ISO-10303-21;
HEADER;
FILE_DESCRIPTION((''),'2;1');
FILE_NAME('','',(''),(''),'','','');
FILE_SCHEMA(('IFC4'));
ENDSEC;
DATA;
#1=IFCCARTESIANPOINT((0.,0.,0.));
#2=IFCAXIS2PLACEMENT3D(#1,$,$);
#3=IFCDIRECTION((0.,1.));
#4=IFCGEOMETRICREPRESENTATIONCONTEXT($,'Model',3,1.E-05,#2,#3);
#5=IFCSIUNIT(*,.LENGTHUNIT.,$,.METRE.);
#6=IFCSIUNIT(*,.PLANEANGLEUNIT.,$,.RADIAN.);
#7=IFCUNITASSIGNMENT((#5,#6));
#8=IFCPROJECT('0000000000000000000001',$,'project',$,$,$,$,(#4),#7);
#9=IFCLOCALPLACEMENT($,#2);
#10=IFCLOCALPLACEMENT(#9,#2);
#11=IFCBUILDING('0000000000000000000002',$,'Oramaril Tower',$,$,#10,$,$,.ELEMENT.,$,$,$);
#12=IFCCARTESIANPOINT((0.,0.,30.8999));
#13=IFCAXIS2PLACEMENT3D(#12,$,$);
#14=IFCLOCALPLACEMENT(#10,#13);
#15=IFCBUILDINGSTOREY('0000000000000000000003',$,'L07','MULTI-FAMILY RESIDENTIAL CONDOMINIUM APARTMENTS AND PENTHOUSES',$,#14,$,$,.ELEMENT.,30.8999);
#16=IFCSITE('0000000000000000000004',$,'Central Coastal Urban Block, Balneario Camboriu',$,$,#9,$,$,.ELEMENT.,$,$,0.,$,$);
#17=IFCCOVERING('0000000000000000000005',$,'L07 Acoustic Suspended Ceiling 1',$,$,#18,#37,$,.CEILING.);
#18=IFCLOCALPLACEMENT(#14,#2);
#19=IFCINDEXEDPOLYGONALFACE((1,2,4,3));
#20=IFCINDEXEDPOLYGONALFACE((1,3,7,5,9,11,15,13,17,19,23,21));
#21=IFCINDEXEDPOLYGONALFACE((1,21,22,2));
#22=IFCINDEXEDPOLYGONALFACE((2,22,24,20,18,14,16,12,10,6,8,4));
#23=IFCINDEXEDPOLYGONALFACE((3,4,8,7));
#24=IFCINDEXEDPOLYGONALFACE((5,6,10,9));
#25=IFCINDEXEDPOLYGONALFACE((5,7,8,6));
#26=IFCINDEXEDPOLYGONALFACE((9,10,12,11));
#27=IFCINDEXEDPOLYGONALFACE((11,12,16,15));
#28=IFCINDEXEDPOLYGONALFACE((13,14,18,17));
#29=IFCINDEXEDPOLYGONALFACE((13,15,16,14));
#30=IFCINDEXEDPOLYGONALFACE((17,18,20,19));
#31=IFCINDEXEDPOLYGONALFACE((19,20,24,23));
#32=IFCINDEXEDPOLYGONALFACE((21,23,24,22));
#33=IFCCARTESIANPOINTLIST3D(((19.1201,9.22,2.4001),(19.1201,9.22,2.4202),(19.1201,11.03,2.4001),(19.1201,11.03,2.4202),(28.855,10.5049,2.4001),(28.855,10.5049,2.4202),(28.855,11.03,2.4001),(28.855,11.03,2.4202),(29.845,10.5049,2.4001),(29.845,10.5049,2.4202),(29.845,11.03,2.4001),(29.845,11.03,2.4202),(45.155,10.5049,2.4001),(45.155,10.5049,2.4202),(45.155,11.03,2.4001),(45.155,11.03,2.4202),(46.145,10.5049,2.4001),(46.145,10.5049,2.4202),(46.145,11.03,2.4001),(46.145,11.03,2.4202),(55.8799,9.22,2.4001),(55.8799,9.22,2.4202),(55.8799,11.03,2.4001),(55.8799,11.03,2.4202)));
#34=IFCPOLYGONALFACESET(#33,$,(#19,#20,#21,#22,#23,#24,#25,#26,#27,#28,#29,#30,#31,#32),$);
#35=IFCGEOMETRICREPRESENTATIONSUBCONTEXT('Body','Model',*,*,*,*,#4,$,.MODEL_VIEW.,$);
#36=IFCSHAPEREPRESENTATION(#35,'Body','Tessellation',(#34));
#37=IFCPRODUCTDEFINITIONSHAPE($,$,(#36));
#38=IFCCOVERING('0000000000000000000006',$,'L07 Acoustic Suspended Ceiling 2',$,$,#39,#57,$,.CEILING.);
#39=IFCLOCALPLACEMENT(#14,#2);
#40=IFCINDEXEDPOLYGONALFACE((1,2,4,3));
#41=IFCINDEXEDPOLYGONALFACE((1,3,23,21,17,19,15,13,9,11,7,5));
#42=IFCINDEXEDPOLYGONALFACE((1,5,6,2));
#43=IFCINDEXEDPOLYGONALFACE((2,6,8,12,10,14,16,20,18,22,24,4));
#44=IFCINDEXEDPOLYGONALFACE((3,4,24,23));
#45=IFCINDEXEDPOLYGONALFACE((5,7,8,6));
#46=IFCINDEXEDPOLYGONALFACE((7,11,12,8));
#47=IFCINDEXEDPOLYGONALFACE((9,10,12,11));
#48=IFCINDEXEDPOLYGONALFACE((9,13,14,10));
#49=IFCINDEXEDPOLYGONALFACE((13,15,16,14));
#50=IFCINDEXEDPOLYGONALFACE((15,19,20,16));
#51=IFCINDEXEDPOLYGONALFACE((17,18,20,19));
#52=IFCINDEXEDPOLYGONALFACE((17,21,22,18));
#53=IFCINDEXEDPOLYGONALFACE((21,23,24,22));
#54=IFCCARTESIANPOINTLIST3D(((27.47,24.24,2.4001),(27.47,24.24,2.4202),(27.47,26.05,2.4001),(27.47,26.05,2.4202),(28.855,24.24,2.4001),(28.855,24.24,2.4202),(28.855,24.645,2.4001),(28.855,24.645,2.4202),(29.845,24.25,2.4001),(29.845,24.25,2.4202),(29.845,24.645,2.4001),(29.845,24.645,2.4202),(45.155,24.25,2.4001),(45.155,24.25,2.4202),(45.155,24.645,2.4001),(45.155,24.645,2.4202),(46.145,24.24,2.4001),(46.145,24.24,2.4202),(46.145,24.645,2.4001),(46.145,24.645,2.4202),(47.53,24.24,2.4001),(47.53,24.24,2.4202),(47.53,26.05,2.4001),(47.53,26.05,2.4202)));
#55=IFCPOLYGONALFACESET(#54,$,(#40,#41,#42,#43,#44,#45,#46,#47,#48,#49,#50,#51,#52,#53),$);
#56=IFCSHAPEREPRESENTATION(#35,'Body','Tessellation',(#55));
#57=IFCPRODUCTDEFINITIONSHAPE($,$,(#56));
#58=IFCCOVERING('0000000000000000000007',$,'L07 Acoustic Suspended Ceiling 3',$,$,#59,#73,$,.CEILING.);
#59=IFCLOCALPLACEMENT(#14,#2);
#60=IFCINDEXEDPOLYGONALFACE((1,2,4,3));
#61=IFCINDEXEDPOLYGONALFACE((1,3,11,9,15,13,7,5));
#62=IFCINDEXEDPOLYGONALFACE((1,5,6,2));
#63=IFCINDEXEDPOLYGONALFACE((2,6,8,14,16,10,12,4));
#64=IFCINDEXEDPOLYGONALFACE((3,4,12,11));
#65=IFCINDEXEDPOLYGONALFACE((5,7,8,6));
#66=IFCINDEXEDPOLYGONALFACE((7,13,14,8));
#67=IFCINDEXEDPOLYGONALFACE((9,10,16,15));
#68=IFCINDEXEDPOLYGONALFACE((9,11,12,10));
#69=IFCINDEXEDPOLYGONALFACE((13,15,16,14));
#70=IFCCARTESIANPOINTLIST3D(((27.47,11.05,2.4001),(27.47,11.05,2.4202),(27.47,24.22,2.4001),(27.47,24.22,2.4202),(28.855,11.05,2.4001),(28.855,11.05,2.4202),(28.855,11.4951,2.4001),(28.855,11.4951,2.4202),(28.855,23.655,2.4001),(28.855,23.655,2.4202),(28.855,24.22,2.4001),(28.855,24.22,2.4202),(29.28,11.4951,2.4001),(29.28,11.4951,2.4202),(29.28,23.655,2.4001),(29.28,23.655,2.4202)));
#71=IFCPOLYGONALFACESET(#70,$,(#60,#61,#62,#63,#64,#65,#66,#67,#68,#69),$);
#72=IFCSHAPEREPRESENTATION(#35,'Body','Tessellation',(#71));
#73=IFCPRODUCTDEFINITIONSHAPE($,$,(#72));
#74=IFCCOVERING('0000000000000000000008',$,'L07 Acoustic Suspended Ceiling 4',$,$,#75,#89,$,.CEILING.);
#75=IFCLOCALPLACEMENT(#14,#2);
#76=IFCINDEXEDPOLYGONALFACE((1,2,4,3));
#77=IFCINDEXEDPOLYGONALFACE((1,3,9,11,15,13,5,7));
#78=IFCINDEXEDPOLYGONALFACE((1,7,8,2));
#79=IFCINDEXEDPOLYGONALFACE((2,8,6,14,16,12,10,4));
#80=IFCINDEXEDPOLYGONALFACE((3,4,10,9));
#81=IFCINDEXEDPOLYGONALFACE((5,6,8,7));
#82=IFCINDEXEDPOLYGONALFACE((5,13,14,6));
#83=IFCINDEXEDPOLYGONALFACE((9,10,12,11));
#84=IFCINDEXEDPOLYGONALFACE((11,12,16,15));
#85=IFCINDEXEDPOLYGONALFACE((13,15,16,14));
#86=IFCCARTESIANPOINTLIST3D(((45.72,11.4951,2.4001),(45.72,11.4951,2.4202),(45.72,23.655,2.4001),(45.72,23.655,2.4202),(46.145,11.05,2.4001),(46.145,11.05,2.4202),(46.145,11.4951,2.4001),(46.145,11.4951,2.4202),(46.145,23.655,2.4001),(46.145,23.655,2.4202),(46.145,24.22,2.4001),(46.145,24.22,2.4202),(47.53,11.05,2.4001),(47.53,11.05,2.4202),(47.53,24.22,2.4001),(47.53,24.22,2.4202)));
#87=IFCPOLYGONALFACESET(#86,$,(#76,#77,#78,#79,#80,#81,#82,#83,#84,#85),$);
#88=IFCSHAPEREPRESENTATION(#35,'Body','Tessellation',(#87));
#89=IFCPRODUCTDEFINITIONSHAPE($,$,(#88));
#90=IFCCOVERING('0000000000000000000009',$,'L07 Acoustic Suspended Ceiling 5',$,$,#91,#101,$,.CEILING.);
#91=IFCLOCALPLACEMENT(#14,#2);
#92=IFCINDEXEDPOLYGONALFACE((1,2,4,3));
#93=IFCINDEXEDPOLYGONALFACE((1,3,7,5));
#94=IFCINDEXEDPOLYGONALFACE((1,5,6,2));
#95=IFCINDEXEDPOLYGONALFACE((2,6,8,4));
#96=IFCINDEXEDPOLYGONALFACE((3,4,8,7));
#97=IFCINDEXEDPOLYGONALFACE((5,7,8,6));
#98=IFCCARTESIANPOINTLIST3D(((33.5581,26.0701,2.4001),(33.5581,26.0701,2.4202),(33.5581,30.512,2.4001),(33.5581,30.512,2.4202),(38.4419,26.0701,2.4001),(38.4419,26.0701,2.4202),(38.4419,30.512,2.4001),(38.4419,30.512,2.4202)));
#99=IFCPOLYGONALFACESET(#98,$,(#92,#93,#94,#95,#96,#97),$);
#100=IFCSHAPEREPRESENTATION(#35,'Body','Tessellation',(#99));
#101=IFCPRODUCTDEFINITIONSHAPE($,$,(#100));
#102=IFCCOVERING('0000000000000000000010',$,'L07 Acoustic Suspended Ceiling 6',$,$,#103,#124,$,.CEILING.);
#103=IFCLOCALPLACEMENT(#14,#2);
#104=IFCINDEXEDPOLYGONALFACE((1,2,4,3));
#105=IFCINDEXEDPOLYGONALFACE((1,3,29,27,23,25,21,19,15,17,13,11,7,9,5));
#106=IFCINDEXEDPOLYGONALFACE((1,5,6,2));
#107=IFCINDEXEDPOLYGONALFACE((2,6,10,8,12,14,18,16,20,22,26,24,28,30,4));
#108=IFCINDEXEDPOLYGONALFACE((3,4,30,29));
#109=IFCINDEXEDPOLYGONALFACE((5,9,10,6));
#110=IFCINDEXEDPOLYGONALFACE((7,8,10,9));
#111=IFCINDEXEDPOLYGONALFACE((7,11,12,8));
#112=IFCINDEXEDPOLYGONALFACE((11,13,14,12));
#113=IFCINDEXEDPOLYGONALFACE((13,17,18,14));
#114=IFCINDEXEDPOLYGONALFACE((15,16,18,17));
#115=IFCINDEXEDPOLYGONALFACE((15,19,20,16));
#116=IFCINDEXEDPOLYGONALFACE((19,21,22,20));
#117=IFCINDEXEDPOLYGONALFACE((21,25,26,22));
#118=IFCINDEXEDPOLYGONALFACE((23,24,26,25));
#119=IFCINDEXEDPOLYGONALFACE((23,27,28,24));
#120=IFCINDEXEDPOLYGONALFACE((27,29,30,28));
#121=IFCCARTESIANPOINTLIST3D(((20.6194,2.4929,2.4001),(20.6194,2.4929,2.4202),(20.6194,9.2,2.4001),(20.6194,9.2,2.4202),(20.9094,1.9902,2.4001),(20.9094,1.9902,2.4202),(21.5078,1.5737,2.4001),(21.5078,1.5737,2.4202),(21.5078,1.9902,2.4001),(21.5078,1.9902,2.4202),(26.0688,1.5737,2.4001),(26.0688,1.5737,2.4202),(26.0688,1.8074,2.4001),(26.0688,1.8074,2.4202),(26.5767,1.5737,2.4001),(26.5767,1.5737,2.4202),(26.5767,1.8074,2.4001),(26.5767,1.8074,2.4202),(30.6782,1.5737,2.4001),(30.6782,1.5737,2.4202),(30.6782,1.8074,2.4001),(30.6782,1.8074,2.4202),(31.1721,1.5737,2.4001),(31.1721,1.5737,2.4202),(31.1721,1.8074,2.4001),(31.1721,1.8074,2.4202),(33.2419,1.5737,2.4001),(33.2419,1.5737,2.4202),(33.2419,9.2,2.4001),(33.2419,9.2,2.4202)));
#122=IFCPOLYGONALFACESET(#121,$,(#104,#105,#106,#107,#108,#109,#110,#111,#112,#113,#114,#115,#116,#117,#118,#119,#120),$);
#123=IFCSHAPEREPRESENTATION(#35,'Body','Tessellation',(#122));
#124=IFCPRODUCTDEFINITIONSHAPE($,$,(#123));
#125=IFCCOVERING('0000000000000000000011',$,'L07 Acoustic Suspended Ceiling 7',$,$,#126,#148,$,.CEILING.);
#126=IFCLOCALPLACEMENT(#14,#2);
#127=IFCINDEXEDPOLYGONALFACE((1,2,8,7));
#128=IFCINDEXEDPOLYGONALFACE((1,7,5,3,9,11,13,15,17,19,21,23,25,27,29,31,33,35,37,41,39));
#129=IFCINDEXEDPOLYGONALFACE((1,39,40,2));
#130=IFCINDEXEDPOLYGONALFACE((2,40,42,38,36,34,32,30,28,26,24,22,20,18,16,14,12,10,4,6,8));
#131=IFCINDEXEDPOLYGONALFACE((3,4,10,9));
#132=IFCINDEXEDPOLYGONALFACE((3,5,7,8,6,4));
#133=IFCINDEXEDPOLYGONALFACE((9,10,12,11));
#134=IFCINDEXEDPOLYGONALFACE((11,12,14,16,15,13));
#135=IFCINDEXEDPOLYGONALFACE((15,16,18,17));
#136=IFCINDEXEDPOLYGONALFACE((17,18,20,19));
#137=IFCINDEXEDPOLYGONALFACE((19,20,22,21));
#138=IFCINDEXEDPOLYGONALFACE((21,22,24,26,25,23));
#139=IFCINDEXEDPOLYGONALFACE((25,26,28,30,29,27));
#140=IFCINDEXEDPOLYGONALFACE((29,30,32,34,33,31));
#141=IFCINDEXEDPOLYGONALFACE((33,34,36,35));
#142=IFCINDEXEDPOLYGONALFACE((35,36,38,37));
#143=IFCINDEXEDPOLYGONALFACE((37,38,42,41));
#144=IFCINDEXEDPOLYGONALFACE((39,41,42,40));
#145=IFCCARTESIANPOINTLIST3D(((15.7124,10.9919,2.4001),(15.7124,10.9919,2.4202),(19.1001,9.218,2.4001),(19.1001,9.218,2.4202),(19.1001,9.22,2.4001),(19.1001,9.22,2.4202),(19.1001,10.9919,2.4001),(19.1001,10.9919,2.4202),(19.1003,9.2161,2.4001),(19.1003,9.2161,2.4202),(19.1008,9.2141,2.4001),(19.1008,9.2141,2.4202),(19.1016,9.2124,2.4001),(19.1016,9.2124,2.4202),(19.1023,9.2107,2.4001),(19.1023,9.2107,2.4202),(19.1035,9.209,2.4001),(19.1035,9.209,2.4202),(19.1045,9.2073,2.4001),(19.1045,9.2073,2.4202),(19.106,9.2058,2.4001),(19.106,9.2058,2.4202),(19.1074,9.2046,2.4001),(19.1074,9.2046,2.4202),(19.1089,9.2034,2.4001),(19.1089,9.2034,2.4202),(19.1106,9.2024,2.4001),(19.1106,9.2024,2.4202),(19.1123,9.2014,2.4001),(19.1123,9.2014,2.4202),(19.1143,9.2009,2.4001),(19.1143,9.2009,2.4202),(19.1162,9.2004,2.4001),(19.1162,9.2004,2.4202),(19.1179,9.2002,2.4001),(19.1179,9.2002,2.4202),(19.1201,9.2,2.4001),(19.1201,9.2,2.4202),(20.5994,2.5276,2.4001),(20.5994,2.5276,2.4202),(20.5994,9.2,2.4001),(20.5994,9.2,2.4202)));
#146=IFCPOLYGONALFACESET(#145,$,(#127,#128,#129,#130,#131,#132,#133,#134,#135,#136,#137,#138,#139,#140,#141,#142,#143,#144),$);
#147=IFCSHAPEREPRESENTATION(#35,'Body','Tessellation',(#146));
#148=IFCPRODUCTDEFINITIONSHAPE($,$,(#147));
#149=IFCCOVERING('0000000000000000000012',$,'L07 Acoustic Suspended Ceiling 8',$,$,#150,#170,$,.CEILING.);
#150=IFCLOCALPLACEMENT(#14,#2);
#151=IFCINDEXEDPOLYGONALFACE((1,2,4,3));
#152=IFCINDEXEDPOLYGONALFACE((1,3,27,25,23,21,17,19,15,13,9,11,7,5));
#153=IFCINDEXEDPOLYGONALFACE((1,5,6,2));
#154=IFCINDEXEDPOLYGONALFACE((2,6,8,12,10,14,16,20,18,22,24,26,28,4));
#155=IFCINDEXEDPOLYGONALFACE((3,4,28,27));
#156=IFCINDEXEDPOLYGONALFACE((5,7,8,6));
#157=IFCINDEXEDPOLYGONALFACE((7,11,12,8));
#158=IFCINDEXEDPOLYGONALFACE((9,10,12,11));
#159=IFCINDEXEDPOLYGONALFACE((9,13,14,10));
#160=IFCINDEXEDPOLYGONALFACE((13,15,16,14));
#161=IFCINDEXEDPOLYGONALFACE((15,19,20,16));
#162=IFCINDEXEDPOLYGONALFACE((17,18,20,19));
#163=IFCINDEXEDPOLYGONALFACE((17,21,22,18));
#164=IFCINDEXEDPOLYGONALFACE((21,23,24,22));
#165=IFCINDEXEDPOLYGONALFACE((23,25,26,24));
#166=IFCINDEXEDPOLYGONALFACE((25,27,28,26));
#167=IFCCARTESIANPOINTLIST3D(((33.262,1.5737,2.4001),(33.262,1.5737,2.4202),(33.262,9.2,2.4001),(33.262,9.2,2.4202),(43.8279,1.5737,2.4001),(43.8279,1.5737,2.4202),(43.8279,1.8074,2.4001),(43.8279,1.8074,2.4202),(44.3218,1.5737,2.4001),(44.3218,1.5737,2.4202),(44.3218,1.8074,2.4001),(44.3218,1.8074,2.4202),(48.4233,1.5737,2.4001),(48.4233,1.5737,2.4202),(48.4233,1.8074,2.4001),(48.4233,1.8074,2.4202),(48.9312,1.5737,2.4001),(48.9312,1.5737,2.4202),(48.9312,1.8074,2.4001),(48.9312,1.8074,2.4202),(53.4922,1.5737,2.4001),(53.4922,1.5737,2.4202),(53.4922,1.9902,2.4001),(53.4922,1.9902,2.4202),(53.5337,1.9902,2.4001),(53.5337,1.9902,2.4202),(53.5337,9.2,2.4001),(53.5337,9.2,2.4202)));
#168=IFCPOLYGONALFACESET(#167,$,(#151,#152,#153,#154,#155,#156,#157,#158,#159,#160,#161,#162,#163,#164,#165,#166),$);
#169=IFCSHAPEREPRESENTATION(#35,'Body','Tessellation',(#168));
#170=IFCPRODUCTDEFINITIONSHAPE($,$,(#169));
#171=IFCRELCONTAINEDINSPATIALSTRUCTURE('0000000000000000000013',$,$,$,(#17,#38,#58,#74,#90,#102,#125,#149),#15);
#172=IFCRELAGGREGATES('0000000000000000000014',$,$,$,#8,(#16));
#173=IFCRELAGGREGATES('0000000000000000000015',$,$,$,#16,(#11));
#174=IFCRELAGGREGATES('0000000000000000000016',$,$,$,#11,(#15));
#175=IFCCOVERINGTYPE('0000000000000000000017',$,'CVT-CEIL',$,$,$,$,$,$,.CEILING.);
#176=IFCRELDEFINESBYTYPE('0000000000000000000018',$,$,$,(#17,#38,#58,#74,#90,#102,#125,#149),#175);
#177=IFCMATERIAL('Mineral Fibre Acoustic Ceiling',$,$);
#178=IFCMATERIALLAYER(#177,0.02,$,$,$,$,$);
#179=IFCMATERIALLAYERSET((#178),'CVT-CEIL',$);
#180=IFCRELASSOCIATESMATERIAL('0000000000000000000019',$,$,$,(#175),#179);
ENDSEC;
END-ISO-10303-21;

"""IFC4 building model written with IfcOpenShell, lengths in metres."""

from ifc_helpers import new_model, si_unit, direction, frame, origin, place, context, subcontext, project, spatial, polyline, outline, extrude, material, layer, layer_set, type_object, element, save


model = new_model("IFC4")

# Units and contexts
model_context = context("Model", 3, precision=1e-05, world=origin(), true_north=direction((0.0, 1.0)))
body_context = subcontext(model_context, "Body", "Model", "MODEL_VIEW")
ifc_project = project(units=[si_unit("LENGTHUNIT", "METRE"), si_unit("PLANEANGLEUNIT", "RADIAN")], contexts=[model_context])

# Site, building, storey
site_placement = place(None, origin())
site = spatial("IfcSite", under=ifc_project, at=site_placement, Name="Central Coastal Urban Block, Balneario Camboriu", CompositionType="ELEMENT", RefElevation=0.0)
building_placement = place(site_placement, origin())
building = spatial("IfcBuilding", under=site, at=building_placement, Name="Oramaril Tower", CompositionType="ELEMENT")
storey_placement = place(building_placement, frame((0.0, 0.0, 30.8999)))
storey = spatial("IfcBuildingStorey", under=building, at=storey_placement, Name="L07", Description="MULTI-FAMILY RESIDENTIAL CONDOMINIUM APARTMENTS AND PENTHOUSES", CompositionType="ELEMENT", Elevation=30.8999)

# Coverings
ifc_material_1 = material(Name="Mineral Fibre Acoustic Ceiling")
ifc_layer_1 = layer(ifc_material_1, 0.02)
ifc_layer_set_1 = layer_set([ifc_layer_1], Name="CVT-CEIL")
covering_type_1 = type_object("IfcCoveringType", Name="CVT-CEIL", PredefinedType="CEILING", material=ifc_layer_set_1)
covering_1_placement = place(storey_placement, frame((0.0, 0.0, 2.4001)))
element("IfcCovering", 1, at=covering_1_placement, inside=storey, type_object=covering_type_1, Name="L07 Acoustic Suspended Ceiling 1", PredefinedType="CEILING", context=body_context, shape_type="SweptSolid", body=[
    extrude(outline(polyline([(28.855, 10.5049), (29.845, 10.5049), (29.845, 11.03), (45.155, 11.03), (45.155, 10.5049), (46.145, 10.5049), (46.145, 11.03), (55.8799, 11.03), (55.8799, 9.22), (19.1201, 9.22), (19.1201, 11.03), (28.855, 11.03), (28.855, 10.5049)])), origin(), (0.0, 0.0, 1.0), 0.02),
])
covering_2_placement = place(storey_placement, frame((0.0, 0.0, 2.4001)))
element("IfcCovering", 2, at=covering_2_placement, inside=storey, type_object=covering_type_1, Name="L07 Acoustic Suspended Ceiling 2", PredefinedType="CEILING", context=body_context, shape_type="SweptSolid", body=[
    extrude(outline(polyline([(47.53, 24.24), (46.145, 24.24), (46.145, 24.645), (45.155, 24.645), (45.155, 24.25), (29.845, 24.25), (29.845, 24.645), (28.855, 24.645), (28.855, 24.24), (27.47, 24.24), (27.47, 26.05), (47.53, 26.05), (47.53, 24.24)])), origin(), (0.0, 0.0, 1.0), 0.02),
])
covering_3_placement = place(storey_placement, frame((0.0, 0.0, 2.4001)))
element("IfcCovering", 3, at=covering_3_placement, inside=storey, type_object=covering_type_1, Name="L07 Acoustic Suspended Ceiling 3", PredefinedType="CEILING", context=body_context, shape_type="SweptSolid", body=[
    extrude(outline(polyline([(28.855, 23.655), (29.28, 23.655), (29.28, 11.4951), (28.855, 11.4951), (28.855, 11.05), (27.47, 11.05), (27.47, 24.22), (28.855, 24.22), (28.855, 23.655)])), origin(), (0.0, 0.0, 1.0), 0.02),
])
covering_4_placement = place(storey_placement, frame((0.0, 0.0, 2.4001)))
element("IfcCovering", 4, at=covering_4_placement, inside=storey, type_object=covering_type_1, Name="L07 Acoustic Suspended Ceiling 4", PredefinedType="CEILING", context=body_context, shape_type="SweptSolid", body=[
    extrude(outline(polyline([(47.53, 11.05), (46.145, 11.05), (46.145, 11.4951), (45.72, 11.4951), (45.72, 23.655), (46.145, 23.655), (46.145, 24.22), (47.53, 24.22), (47.53, 11.05)])), origin(), (0.0, 0.0, 1.0), 0.02),
])
covering_5_placement = place(storey_placement, frame((0.0, 0.0, 2.4001)))
element("IfcCovering", 5, at=covering_5_placement, inside=storey, type_object=covering_type_1, Name="L07 Acoustic Suspended Ceiling 5", PredefinedType="CEILING", context=body_context, shape_type="SweptSolid", body=[
    extrude(outline(polyline([(38.4419, 30.512), (38.4419, 26.0701), (33.5581, 26.0701), (33.5581, 30.512), (38.4419, 30.512)])), origin(), (0.0, 0.0, 1.0), 0.02),
])
covering_6_placement = place(storey_placement, frame((0.0, 0.0, 2.4001)))
element("IfcCovering", 6, at=covering_6_placement, inside=storey, type_object=covering_type_1, Name="L07 Acoustic Suspended Ceiling 6", PredefinedType="CEILING", context=body_context, shape_type="SweptSolid", body=[
    extrude(outline(polyline([(31.1721, 1.8074), (30.6782, 1.8074), (30.6782, 1.5737), (26.5767, 1.5737), (26.5767, 1.8074), (26.0688, 1.8074), (26.0688, 1.5737), (21.5078, 1.5737), (21.5078, 1.9902), (20.9094, 1.9902), (20.6194, 2.4929), (20.6194, 9.2), (33.2419, 9.2), (33.2419, 1.5737), (31.1721, 1.5737), (31.1721, 1.8074)])), origin(), (0.0, 0.0, 1.0), 0.02),
])
covering_7_placement = place(storey_placement, frame((0.0, 0.0, 2.4001)))
element("IfcCovering", 7, at=covering_7_placement, inside=storey, type_object=covering_type_1, Name="L07 Acoustic Suspended Ceiling 7", PredefinedType="CEILING", context=body_context, shape_type="SweptSolid", body=[
    extrude(outline(polyline([(15.7124, 10.9919), (19.1001, 10.9919), (19.1001, 9.22), (19.1001, 9.218), (19.1003, 9.2161), (19.1008, 9.2141), (19.1016, 9.2124), (19.1023, 9.2107), (19.1035, 9.209), (19.1045, 9.2073), (19.106, 9.2058), (19.1074, 9.2046), (19.1089, 9.2034), (19.1106, 9.2024), (19.1123, 9.2014), (19.1143, 9.2009), (19.1162, 9.2004), (19.1179, 9.2002), (19.1201, 9.2), (20.5994, 9.2), (20.5994, 2.5276), (15.7124, 10.9919)])), origin(), (0.0, 0.0, 1.0), 0.02),
])
covering_8_placement = place(storey_placement, frame((0.0, 0.0, 2.4001)))
element("IfcCovering", 8, at=covering_8_placement, inside=storey, type_object=covering_type_1, Name="L07 Acoustic Suspended Ceiling 8", PredefinedType="CEILING", context=body_context, shape_type="SweptSolid", body=[
    extrude(outline(polyline([(53.4922, 1.9902), (53.4922, 1.5737), (48.9312, 1.5737), (48.9312, 1.8074), (48.4233, 1.8074), (48.4233, 1.5737), (44.3218, 1.5737), (44.3218, 1.8074), (43.8279, 1.8074), (43.8279, 1.5737), (33.262, 1.5737), (33.262, 9.2), (53.5337, 9.2), (53.5337, 1.9902), (53.4922, 1.9902)])), origin(), (0.0, 0.0, 1.0), 0.02),
])

save(model, "model.ifc")
